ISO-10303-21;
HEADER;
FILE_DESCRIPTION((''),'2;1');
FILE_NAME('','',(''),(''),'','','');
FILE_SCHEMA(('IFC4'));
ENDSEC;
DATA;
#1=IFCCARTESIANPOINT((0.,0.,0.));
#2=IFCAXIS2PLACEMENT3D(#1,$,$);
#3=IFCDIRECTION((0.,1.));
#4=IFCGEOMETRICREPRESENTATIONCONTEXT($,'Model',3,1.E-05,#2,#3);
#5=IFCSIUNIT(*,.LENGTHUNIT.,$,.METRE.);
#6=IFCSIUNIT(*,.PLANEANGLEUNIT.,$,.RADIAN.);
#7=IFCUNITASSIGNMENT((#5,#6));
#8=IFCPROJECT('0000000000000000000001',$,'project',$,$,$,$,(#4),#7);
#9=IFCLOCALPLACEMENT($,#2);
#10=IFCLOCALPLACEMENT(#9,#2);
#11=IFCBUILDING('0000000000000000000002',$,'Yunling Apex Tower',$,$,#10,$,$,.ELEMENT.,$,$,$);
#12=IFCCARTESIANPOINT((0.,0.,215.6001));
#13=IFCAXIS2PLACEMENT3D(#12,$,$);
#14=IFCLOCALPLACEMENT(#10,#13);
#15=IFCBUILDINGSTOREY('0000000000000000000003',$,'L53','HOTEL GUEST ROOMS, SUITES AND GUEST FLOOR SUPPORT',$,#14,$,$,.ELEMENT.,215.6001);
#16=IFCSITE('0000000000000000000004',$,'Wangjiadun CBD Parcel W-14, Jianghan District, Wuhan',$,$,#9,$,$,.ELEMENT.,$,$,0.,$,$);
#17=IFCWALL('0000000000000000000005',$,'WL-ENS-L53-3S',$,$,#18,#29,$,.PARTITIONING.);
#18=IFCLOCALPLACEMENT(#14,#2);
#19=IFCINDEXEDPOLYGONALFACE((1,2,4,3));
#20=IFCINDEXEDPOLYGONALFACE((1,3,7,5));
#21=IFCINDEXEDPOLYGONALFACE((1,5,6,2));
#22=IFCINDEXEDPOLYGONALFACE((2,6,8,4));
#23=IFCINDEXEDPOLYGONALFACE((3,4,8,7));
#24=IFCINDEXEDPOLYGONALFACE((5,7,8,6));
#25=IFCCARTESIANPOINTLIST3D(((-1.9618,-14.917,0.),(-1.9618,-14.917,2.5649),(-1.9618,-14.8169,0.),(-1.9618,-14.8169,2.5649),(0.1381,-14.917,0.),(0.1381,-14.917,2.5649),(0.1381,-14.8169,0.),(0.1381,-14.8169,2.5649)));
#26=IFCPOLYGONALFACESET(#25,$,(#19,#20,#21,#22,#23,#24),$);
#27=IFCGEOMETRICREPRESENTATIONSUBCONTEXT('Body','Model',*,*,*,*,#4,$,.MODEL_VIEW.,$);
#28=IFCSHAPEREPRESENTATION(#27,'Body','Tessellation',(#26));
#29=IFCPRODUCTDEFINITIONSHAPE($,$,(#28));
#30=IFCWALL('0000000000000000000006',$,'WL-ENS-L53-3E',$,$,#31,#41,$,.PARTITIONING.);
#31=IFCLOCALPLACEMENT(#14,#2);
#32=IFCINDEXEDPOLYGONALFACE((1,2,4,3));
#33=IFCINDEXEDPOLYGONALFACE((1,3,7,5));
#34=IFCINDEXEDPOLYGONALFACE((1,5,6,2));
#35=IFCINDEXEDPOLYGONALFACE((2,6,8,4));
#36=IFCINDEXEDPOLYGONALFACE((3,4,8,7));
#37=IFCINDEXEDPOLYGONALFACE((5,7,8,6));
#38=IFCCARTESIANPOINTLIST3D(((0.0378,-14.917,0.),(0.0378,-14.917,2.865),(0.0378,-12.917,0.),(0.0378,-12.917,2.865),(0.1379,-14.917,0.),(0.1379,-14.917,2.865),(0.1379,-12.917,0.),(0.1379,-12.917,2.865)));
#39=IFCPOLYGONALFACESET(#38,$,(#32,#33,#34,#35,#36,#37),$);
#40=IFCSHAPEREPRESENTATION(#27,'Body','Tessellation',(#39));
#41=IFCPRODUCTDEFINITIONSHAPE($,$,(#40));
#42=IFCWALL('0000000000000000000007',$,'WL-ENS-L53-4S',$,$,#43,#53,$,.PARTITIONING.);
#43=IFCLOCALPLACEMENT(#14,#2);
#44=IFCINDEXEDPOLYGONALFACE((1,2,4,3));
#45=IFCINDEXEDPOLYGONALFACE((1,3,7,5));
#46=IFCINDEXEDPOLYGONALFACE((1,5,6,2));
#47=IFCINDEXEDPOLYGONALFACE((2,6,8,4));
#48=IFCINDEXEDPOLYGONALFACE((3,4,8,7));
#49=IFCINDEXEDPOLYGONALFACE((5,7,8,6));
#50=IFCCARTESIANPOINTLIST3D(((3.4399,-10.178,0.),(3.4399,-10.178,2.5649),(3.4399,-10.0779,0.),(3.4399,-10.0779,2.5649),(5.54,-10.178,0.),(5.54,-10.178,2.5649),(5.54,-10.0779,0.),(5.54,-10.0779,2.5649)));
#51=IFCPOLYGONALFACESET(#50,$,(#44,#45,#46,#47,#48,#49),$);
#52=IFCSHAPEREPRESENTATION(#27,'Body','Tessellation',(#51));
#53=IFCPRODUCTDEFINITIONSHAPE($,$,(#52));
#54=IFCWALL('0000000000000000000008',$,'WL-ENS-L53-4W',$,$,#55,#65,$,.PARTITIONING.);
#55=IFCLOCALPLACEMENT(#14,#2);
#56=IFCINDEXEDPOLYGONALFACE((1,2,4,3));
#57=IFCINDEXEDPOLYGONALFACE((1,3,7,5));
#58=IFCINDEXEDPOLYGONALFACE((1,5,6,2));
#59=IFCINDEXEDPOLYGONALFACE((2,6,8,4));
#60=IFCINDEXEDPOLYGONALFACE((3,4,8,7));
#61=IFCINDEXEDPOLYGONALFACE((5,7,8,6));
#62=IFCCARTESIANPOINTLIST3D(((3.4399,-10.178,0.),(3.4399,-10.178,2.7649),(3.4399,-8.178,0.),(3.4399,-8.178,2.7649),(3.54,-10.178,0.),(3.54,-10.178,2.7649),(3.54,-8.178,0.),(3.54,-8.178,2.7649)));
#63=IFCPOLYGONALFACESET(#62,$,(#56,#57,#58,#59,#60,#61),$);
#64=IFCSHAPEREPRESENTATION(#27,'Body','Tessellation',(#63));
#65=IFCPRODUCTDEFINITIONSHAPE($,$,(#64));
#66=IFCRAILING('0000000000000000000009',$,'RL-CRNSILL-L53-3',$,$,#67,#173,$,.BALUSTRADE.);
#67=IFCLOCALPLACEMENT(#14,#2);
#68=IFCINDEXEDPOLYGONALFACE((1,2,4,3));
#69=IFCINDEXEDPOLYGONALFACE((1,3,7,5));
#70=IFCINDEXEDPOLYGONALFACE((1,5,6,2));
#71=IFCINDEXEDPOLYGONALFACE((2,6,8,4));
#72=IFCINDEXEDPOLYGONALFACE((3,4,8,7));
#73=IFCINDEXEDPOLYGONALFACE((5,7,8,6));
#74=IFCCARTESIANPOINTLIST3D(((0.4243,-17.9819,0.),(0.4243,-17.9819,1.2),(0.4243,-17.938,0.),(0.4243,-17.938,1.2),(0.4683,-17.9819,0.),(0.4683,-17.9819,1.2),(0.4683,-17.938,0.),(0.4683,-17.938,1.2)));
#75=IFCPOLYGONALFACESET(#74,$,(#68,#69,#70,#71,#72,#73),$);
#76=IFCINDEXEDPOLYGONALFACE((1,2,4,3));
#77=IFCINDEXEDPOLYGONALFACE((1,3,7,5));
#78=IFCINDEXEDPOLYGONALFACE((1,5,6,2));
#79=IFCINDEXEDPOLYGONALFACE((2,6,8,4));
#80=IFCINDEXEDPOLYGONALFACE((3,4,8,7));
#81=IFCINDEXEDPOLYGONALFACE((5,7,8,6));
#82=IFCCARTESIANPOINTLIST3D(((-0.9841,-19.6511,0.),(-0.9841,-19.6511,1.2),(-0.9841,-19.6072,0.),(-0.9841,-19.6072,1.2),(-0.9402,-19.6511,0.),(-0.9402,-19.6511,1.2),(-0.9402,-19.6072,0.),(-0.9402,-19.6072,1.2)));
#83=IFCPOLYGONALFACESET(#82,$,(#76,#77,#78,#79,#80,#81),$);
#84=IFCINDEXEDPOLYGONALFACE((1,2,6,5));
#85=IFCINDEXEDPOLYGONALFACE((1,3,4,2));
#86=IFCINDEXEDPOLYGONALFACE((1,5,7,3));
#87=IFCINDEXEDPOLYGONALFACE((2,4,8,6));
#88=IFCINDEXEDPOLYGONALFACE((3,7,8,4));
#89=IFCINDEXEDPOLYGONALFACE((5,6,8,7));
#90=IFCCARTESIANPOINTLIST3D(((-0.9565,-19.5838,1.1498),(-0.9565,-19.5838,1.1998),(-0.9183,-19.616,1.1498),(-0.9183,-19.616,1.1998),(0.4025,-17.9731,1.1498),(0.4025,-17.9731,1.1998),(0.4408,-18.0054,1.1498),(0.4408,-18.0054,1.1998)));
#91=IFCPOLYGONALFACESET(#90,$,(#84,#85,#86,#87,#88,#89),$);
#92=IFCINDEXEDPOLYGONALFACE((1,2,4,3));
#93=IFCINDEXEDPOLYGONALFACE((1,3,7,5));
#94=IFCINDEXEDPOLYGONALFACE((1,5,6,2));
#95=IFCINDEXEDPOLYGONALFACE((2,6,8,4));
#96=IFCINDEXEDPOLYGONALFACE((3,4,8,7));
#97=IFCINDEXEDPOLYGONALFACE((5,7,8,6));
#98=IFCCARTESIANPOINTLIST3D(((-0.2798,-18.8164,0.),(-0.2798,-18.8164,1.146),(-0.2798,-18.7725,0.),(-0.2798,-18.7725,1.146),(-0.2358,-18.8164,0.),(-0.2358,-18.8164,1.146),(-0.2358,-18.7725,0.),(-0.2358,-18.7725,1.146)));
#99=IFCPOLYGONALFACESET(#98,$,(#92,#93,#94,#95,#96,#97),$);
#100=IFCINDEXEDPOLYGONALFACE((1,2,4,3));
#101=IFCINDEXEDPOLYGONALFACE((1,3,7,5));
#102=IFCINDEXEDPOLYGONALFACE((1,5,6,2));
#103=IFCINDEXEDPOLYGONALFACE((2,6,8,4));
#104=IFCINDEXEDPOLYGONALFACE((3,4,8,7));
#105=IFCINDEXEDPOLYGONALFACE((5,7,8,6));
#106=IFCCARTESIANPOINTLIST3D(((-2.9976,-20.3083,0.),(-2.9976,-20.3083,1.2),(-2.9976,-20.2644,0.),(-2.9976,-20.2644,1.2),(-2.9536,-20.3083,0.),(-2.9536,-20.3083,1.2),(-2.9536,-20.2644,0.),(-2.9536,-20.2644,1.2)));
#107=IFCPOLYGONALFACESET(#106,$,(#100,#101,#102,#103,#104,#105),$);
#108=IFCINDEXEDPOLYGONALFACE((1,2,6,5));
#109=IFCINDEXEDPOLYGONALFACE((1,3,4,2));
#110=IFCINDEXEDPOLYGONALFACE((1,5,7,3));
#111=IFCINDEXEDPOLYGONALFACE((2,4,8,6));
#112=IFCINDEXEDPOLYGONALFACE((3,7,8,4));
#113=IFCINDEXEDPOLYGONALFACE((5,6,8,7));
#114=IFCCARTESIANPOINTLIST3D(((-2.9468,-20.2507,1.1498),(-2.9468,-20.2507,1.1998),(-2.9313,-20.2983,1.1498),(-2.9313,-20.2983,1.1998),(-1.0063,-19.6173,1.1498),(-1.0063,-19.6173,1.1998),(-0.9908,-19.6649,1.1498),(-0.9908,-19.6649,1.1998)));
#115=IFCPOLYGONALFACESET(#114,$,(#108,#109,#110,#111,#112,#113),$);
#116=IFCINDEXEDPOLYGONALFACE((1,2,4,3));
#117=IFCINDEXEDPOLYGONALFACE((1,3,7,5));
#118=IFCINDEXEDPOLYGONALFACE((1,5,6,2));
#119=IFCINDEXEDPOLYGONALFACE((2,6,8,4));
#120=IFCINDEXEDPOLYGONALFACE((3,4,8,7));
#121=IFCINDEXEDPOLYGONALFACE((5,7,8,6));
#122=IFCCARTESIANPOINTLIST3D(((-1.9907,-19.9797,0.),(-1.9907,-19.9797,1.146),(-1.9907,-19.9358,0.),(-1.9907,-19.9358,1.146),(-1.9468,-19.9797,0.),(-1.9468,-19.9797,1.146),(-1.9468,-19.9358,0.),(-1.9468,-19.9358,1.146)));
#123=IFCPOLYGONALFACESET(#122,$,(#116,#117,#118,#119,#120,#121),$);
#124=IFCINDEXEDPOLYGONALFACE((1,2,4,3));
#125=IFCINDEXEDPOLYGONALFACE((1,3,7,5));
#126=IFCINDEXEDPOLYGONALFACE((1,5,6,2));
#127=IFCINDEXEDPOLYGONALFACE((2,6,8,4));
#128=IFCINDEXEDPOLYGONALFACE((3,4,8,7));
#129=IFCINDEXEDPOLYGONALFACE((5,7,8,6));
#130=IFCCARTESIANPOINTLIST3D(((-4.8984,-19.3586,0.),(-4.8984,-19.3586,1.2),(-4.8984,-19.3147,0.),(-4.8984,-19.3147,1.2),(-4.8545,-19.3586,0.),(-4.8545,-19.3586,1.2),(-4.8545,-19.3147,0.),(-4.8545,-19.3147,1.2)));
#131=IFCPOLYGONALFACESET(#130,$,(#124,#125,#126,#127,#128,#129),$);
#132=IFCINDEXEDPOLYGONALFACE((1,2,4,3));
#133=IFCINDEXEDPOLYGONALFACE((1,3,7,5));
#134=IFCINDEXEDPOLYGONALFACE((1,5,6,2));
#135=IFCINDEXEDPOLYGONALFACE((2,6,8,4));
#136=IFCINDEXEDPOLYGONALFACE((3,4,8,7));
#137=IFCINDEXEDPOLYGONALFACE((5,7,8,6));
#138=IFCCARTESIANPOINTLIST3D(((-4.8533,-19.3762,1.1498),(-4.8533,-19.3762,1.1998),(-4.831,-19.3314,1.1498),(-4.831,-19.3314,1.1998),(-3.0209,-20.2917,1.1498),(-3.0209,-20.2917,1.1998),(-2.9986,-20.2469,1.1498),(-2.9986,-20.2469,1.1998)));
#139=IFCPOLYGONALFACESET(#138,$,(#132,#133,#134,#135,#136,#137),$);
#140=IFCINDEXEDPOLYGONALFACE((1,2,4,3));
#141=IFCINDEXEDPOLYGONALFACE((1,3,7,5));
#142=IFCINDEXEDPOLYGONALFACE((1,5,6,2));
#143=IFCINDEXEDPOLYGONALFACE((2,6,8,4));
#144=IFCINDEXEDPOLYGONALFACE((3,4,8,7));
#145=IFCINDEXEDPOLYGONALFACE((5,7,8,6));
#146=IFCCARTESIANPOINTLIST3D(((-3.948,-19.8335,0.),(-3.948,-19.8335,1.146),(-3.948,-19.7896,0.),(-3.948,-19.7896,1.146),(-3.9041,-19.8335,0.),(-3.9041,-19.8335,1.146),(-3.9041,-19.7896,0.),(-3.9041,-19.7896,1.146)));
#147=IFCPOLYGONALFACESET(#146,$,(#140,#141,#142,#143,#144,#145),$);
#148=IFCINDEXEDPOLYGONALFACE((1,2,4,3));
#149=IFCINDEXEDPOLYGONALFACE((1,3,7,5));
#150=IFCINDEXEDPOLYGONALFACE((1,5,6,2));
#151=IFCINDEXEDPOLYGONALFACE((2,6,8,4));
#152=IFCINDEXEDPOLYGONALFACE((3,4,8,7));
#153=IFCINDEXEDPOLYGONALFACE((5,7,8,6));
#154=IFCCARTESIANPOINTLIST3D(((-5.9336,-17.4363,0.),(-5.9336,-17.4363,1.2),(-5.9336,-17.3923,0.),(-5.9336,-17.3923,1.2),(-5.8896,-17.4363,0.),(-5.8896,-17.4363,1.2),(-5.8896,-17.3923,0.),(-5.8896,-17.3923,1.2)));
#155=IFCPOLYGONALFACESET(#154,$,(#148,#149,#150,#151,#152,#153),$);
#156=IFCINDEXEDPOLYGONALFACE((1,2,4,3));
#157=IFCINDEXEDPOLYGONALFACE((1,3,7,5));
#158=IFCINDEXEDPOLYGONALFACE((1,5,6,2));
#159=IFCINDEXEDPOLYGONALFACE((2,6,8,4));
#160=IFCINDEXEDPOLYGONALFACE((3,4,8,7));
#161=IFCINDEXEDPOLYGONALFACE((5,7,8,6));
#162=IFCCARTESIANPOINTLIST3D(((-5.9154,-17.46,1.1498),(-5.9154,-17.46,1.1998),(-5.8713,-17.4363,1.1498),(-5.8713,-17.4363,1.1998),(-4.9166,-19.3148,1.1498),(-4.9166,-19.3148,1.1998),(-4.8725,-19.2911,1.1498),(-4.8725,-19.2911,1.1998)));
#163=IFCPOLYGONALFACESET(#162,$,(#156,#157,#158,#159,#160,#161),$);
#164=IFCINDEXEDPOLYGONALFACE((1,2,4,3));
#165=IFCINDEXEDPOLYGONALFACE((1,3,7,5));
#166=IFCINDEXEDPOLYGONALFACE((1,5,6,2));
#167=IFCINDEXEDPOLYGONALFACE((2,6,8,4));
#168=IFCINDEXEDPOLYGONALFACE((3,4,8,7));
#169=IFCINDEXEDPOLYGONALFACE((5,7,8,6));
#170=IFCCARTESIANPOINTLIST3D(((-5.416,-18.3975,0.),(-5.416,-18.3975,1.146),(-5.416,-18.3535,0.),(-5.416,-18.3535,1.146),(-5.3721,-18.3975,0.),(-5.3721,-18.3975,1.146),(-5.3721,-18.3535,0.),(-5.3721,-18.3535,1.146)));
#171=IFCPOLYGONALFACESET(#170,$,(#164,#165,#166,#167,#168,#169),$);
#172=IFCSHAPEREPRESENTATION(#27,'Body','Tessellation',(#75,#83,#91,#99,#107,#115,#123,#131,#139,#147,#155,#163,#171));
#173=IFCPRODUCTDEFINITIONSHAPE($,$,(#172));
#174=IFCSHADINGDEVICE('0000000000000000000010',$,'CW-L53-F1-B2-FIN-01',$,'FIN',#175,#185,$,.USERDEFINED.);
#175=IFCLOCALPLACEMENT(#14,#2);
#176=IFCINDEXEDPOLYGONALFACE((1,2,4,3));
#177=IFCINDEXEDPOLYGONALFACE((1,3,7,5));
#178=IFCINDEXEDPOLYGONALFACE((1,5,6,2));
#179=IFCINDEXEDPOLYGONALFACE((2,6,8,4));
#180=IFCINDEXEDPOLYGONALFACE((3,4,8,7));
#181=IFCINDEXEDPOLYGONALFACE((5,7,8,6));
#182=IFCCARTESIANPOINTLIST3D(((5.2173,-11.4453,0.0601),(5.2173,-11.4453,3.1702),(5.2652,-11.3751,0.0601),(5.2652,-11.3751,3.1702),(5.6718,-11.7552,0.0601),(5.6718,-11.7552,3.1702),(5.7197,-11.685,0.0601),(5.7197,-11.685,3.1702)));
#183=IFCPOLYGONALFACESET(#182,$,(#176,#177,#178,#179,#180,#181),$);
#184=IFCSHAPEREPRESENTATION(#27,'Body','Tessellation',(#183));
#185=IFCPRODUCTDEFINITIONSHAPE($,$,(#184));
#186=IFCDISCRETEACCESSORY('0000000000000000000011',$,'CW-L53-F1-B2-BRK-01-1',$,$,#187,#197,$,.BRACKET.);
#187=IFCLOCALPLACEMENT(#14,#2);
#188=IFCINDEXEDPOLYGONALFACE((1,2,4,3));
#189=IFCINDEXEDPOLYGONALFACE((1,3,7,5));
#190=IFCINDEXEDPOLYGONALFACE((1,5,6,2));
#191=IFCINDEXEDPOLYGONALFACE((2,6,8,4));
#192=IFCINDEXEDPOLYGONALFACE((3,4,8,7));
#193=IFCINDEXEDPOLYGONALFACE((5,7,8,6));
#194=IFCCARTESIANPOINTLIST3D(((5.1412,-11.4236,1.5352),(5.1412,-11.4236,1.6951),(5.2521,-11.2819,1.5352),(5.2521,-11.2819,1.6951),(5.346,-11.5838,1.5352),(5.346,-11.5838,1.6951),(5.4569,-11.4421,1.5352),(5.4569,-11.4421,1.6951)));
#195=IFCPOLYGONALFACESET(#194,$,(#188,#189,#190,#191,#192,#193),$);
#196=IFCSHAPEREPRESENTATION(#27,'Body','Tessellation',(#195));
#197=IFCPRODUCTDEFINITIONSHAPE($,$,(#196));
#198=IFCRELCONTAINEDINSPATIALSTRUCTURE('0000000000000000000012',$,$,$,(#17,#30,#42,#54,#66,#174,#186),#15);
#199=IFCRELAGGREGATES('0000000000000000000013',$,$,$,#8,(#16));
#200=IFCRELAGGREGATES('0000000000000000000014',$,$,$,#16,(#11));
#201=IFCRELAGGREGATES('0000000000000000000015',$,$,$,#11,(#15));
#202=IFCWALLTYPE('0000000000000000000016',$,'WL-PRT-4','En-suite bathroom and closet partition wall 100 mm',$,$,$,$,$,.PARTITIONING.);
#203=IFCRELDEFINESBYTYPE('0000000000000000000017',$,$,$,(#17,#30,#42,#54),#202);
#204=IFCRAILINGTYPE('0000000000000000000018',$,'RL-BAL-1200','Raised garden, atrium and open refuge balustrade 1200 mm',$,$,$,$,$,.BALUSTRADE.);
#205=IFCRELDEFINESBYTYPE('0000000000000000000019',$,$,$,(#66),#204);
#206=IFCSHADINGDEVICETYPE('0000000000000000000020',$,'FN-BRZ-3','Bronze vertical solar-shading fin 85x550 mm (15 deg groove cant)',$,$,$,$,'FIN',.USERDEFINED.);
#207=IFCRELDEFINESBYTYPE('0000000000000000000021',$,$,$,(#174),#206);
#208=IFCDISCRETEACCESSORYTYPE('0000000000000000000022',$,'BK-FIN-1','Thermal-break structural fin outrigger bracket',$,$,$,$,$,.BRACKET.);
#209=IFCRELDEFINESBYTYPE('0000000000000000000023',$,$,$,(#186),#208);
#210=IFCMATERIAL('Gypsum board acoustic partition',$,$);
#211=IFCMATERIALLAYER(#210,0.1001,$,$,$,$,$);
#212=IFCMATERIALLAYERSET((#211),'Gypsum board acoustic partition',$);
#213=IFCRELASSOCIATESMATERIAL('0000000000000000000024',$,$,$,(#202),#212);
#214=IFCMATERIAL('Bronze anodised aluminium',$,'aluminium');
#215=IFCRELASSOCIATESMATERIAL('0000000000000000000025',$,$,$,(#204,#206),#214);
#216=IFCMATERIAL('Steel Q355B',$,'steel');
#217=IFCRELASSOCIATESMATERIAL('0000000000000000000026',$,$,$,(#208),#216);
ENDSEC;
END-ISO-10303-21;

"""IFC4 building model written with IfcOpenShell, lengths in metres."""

from ifc_helpers import new_model, si_unit, direction, frame, frame_2d, origin, origin_2d, place, context, subcontext, project, spatial, rectangle, extrude, source, transform, mapped, material, layer, layer_set, material_profile, profile_set, type_object, element, save


model = new_model("IFC4")

# Units and contexts
model_context = context("Model", 3, precision=1e-05, world=origin(), true_north=direction((0.0, 1.0)))
body_context = subcontext(model_context, "Body", "Model", "MODEL_VIEW")
ifc_project = project(units=[si_unit("LENGTHUNIT", "METRE"), si_unit("PLANEANGLEUNIT", "RADIAN")], contexts=[model_context])

# Site, building, storey
site_placement = place(None, origin())
site = spatial("IfcSite", under=ifc_project, at=site_placement, Name="Wangjiadun CBD Parcel W-14, Jianghan District, Wuhan", CompositionType="ELEMENT", RefElevation=0.0)
building_placement = place(site_placement, origin())
building = spatial("IfcBuilding", under=site, at=building_placement, Name="Yunling Apex Tower", CompositionType="ELEMENT")
storey_placement = place(building_placement, frame((0.0, 0.0, 215.6001)))
storey = spatial("IfcBuildingStorey", under=building, at=storey_placement, Name="L53", Description="HOTEL GUEST ROOMS, SUITES AND GUEST FLOOR SUPPORT", CompositionType="ELEMENT", Elevation=215.6001)

# Shared definitions
ifc_material_1 = material(Name="Steel Q355B", Category="steel")

# Shared definitions
ifc_material_2 = material(Name="Bronze anodised aluminium", Category="aluminium")

# Walls
ifc_material_3 = material(Name="Gypsum board acoustic partition")
ifc_layer_1 = layer(ifc_material_3, 0.1001)
ifc_layer_set_1 = layer_set([ifc_layer_1], Name="Gypsum board acoustic partition")
wall_type = type_object("IfcWallType", Name="WL-PRT-4", Description="En-suite bathroom and closet partition wall 100 mm", PredefinedType="PARTITIONING", material=ifc_layer_set_1)
wall_1_placement = place(storey_placement, frame((0.1379, -14.8669, 0.0), z_axis=(0.0, 0.0, 1.0), x_axis=(-1.0, 0.0, 0.0)))
element("IfcWall", 1, at=wall_1_placement, inside=storey, type_object=wall_type, Name="WL-ENS-L53-3S", PredefinedType="PARTITIONING", context=body_context, shape_type="SweptSolid", body=[
    extrude(rectangle(XDim=2.0999, YDim=0.1001, at=frame_2d((1.0498, 0.0))), origin(), (0.0, 0.0, 1.0), 2.5649),
])
wall_2_placement = place(storey_placement, frame((0.0879, -12.917, 0.0), z_axis=(0.0, 0.0, 1.0), x_axis=(0.0, -1.0, 0.0)))
element("IfcWall", 2, at=wall_2_placement, inside=storey, type_object=wall_type, Name="WL-ENS-L53-3E", PredefinedType="PARTITIONING", context=body_context, shape_type="SweptSolid", body=[
    extrude(rectangle(XDim=2.0, YDim=0.1001, at=frame_2d((1.0, 0.0))), origin(), (0.0, 0.0, 1.0), 2.865),
])
wall_3_placement = place(storey_placement, frame((5.54, -10.1279, 0.0), z_axis=(0.0, 0.0, 1.0), x_axis=(-1.0, 0.0, 0.0)))
element("IfcWall", 3, at=wall_3_placement, inside=storey, type_object=wall_type, Name="WL-ENS-L53-4S", PredefinedType="PARTITIONING", context=body_context, shape_type="SweptSolid", body=[
    extrude(rectangle(XDim=2.1001, YDim=0.1001, at=frame_2d((1.05, 0.0))), origin(), (0.0, 0.0, 1.0), 2.5649),
])
wall_4_placement = place(storey_placement, frame((3.49, -10.178, 0.0), z_axis=(0.0, 0.0, 1.0), x_axis=(0.0, 1.0, 0.0)))
element("IfcWall", 4, at=wall_4_placement, inside=storey, type_object=wall_type, Name="WL-ENS-L53-4W", PredefinedType="PARTITIONING", context=body_context, shape_type="SweptSolid", body=[
    extrude(rectangle(XDim=2.0, YDim=0.1001, at=frame_2d((1.0, 0.0))), origin(), (0.0, 0.0, 1.0), 2.7649),
])

# Railing
railing_type = type_object("IfcRailingType", Name="RL-BAL-1200", Description="Raised garden, atrium and open refuge balustrade 1200 mm", PredefinedType="BALUSTRADE", material=ifc_material_2)
railing_placement = place(storey_placement, frame((0.4463, -17.96, 0.0)))
element("IfcRailing", 5, at=railing_placement, inside=storey, type_object=railing_type, Name="RL-CRNSILL-L53-3", PredefinedType="BALUSTRADE", context=body_context, shape_type="SweptSolid", body=[
    extrude(rectangle(XDim=0.0439, YDim=0.0439, at=origin_2d()), origin(), (0.0, 0.0, 1.0), 1.2),
    extrude(rectangle(XDim=0.0439, YDim=0.0439, at=origin_2d()), frame((-1.4084, -1.6692, 0.0)), (0.0, 0.0, 1.0), 1.2),
    extrude(rectangle(XDim=0.05, YDim=0.05, at=origin_2d()), frame((-0.0247, -0.0293, 1.1748), z_axis=(-0.644889, -0.764276, 0.0), x_axis=(0.764276, -0.644889, 0.0)), (0.0, 0.0, 1.0), 2.1074),
    extrude(rectangle(XDim=0.0439, YDim=0.0439, at=origin_2d()), frame((-0.7041, -0.8345, 0.0)), (0.0, 0.0, 1.0), 1.146),
    extrude(rectangle(XDim=0.0439, YDim=0.0439, at=origin_2d()), frame((-3.4219, -2.3264, 0.0)), (0.0, 0.0, 1.0), 1.2),
    extrude(rectangle(XDim=0.05, YDim=0.05, at=origin_2d()), frame((-1.4448, -1.6812, 1.1748), z_axis=(-0.950636, -0.310308, 0.0), x_axis=(0.310308, -0.950636, 0.0)), (0.0, 0.0, 1.0), 2.0413),
    extrude(rectangle(XDim=0.0439, YDim=0.0439, at=origin_2d()), frame((-2.415, -1.9978, 0.0)), (0.0, 0.0, 1.0), 1.146),
    extrude(rectangle(XDim=0.0439, YDim=0.0439, at=origin_2d()), frame((-5.3228, -1.3767, 0.0)), (0.0, 0.0, 1.0), 1.2),
    extrude(rectangle(XDim=0.05, YDim=0.05, at=origin_2d()), frame((-3.4561, -2.3093, 1.1748), z_axis=(-0.894565, 0.446938, 0.0), x_axis=(-0.446938, -0.894565, 0.0)), (0.0, 0.0, 1.0), 2.0483),
    extrude(rectangle(XDim=0.0439, YDim=0.0439, at=origin_2d()), frame((-4.3723, -1.8516, 0.0)), (0.0, 0.0, 1.0), 1.146),
    extrude(rectangle(XDim=0.0439, YDim=0.0439, at=origin_2d()), frame((-6.3579, 0.5457, 0.0)), (0.0, 0.0, 1.0), 1.2),
    extrude(rectangle(XDim=0.05, YDim=0.05, at=origin_2d()), frame((-5.3408, -1.343, 1.1748), z_axis=(-0.474113, 0.880464, 0.0), x_axis=(-0.880464, -0.474113, 0.0)), (0.0, 0.0, 1.0), 2.1067),
    extrude(rectangle(XDim=0.0439, YDim=0.0439, at=origin_2d()), frame((-5.8403, -0.4155, 0.0)), (0.0, 0.0, 1.0), 1.146),
])

# Shading device
ifc_material_profile_1 = material_profile(ifc_material_2, rectangle(XDim=0.085, YDim=0.55, at=origin_2d()))
ifc_profile_set_1 = profile_set([ifc_material_profile_1], Name="Bronze anodised aluminium")
shading_device_type = type_object("IfcShadingDeviceType", Name="FN-BRZ-3", Description="Bronze vertical solar-shading fin 85x550 mm (15 deg groove cant)", ElementType="FIN", PredefinedType="USERDEFINED", material=ifc_profile_set_1)
shared_shape_1 = source(origin(), body_context, "Body", "SweptSolid", [
    extrude(rectangle(XDim=0.085, YDim=0.55, at=origin_2d()), origin(), (0.0, 0.0, 1.0), 3.1101),
])
shading_device_placement = place(storey_placement, frame((5.4685, -11.5652, 0.0601), z_axis=(0.0, 0.0, 1.0), x_axis=(0.563382, 0.826197, 0.0)))
element("IfcShadingDevice", 6, at=shading_device_placement, inside=storey, type_object=shading_device_type, Name="CW-L53-F1-B2-FIN-01", ObjectType="FIN", PredefinedType="USERDEFINED", context=body_context, shape_type="MappedRepresentation", body=[
    mapped(shared_shape_1, transform((0.0, 0.0, 0.0), scale=1.0)),
])

# Discrete accessory
discrete_accessory_type = type_object("IfcDiscreteAccessoryType", Name="BK-FIN-1", Description="Thermal-break structural fin outrigger bracket", PredefinedType="BRACKET", material=ifc_material_1)
shared_shape_2 = source(origin(), body_context, "Body", "SweptSolid", [
    extrude(rectangle(XDim=0.1799, YDim=0.26, at=origin_2d()), origin(), (0.0, 0.0, 1.0), 0.1599),
])
discrete_accessory_placement = place(storey_placement, frame((5.2991, -11.4329, 1.5352), z_axis=(0.0, 0.0, 1.0), x_axis=(0.616211, 0.787581, 0.0)))
element("IfcDiscreteAccessory", 7, at=discrete_accessory_placement, inside=storey, type_object=discrete_accessory_type, Name="CW-L53-F1-B2-BRK-01-1", PredefinedType="BRACKET", context=body_context, shape_type="MappedRepresentation", body=[
    mapped(shared_shape_2, transform((0.0, 0.0, 0.0), scale=1.0)),
])

save(model, "model.ifc")
